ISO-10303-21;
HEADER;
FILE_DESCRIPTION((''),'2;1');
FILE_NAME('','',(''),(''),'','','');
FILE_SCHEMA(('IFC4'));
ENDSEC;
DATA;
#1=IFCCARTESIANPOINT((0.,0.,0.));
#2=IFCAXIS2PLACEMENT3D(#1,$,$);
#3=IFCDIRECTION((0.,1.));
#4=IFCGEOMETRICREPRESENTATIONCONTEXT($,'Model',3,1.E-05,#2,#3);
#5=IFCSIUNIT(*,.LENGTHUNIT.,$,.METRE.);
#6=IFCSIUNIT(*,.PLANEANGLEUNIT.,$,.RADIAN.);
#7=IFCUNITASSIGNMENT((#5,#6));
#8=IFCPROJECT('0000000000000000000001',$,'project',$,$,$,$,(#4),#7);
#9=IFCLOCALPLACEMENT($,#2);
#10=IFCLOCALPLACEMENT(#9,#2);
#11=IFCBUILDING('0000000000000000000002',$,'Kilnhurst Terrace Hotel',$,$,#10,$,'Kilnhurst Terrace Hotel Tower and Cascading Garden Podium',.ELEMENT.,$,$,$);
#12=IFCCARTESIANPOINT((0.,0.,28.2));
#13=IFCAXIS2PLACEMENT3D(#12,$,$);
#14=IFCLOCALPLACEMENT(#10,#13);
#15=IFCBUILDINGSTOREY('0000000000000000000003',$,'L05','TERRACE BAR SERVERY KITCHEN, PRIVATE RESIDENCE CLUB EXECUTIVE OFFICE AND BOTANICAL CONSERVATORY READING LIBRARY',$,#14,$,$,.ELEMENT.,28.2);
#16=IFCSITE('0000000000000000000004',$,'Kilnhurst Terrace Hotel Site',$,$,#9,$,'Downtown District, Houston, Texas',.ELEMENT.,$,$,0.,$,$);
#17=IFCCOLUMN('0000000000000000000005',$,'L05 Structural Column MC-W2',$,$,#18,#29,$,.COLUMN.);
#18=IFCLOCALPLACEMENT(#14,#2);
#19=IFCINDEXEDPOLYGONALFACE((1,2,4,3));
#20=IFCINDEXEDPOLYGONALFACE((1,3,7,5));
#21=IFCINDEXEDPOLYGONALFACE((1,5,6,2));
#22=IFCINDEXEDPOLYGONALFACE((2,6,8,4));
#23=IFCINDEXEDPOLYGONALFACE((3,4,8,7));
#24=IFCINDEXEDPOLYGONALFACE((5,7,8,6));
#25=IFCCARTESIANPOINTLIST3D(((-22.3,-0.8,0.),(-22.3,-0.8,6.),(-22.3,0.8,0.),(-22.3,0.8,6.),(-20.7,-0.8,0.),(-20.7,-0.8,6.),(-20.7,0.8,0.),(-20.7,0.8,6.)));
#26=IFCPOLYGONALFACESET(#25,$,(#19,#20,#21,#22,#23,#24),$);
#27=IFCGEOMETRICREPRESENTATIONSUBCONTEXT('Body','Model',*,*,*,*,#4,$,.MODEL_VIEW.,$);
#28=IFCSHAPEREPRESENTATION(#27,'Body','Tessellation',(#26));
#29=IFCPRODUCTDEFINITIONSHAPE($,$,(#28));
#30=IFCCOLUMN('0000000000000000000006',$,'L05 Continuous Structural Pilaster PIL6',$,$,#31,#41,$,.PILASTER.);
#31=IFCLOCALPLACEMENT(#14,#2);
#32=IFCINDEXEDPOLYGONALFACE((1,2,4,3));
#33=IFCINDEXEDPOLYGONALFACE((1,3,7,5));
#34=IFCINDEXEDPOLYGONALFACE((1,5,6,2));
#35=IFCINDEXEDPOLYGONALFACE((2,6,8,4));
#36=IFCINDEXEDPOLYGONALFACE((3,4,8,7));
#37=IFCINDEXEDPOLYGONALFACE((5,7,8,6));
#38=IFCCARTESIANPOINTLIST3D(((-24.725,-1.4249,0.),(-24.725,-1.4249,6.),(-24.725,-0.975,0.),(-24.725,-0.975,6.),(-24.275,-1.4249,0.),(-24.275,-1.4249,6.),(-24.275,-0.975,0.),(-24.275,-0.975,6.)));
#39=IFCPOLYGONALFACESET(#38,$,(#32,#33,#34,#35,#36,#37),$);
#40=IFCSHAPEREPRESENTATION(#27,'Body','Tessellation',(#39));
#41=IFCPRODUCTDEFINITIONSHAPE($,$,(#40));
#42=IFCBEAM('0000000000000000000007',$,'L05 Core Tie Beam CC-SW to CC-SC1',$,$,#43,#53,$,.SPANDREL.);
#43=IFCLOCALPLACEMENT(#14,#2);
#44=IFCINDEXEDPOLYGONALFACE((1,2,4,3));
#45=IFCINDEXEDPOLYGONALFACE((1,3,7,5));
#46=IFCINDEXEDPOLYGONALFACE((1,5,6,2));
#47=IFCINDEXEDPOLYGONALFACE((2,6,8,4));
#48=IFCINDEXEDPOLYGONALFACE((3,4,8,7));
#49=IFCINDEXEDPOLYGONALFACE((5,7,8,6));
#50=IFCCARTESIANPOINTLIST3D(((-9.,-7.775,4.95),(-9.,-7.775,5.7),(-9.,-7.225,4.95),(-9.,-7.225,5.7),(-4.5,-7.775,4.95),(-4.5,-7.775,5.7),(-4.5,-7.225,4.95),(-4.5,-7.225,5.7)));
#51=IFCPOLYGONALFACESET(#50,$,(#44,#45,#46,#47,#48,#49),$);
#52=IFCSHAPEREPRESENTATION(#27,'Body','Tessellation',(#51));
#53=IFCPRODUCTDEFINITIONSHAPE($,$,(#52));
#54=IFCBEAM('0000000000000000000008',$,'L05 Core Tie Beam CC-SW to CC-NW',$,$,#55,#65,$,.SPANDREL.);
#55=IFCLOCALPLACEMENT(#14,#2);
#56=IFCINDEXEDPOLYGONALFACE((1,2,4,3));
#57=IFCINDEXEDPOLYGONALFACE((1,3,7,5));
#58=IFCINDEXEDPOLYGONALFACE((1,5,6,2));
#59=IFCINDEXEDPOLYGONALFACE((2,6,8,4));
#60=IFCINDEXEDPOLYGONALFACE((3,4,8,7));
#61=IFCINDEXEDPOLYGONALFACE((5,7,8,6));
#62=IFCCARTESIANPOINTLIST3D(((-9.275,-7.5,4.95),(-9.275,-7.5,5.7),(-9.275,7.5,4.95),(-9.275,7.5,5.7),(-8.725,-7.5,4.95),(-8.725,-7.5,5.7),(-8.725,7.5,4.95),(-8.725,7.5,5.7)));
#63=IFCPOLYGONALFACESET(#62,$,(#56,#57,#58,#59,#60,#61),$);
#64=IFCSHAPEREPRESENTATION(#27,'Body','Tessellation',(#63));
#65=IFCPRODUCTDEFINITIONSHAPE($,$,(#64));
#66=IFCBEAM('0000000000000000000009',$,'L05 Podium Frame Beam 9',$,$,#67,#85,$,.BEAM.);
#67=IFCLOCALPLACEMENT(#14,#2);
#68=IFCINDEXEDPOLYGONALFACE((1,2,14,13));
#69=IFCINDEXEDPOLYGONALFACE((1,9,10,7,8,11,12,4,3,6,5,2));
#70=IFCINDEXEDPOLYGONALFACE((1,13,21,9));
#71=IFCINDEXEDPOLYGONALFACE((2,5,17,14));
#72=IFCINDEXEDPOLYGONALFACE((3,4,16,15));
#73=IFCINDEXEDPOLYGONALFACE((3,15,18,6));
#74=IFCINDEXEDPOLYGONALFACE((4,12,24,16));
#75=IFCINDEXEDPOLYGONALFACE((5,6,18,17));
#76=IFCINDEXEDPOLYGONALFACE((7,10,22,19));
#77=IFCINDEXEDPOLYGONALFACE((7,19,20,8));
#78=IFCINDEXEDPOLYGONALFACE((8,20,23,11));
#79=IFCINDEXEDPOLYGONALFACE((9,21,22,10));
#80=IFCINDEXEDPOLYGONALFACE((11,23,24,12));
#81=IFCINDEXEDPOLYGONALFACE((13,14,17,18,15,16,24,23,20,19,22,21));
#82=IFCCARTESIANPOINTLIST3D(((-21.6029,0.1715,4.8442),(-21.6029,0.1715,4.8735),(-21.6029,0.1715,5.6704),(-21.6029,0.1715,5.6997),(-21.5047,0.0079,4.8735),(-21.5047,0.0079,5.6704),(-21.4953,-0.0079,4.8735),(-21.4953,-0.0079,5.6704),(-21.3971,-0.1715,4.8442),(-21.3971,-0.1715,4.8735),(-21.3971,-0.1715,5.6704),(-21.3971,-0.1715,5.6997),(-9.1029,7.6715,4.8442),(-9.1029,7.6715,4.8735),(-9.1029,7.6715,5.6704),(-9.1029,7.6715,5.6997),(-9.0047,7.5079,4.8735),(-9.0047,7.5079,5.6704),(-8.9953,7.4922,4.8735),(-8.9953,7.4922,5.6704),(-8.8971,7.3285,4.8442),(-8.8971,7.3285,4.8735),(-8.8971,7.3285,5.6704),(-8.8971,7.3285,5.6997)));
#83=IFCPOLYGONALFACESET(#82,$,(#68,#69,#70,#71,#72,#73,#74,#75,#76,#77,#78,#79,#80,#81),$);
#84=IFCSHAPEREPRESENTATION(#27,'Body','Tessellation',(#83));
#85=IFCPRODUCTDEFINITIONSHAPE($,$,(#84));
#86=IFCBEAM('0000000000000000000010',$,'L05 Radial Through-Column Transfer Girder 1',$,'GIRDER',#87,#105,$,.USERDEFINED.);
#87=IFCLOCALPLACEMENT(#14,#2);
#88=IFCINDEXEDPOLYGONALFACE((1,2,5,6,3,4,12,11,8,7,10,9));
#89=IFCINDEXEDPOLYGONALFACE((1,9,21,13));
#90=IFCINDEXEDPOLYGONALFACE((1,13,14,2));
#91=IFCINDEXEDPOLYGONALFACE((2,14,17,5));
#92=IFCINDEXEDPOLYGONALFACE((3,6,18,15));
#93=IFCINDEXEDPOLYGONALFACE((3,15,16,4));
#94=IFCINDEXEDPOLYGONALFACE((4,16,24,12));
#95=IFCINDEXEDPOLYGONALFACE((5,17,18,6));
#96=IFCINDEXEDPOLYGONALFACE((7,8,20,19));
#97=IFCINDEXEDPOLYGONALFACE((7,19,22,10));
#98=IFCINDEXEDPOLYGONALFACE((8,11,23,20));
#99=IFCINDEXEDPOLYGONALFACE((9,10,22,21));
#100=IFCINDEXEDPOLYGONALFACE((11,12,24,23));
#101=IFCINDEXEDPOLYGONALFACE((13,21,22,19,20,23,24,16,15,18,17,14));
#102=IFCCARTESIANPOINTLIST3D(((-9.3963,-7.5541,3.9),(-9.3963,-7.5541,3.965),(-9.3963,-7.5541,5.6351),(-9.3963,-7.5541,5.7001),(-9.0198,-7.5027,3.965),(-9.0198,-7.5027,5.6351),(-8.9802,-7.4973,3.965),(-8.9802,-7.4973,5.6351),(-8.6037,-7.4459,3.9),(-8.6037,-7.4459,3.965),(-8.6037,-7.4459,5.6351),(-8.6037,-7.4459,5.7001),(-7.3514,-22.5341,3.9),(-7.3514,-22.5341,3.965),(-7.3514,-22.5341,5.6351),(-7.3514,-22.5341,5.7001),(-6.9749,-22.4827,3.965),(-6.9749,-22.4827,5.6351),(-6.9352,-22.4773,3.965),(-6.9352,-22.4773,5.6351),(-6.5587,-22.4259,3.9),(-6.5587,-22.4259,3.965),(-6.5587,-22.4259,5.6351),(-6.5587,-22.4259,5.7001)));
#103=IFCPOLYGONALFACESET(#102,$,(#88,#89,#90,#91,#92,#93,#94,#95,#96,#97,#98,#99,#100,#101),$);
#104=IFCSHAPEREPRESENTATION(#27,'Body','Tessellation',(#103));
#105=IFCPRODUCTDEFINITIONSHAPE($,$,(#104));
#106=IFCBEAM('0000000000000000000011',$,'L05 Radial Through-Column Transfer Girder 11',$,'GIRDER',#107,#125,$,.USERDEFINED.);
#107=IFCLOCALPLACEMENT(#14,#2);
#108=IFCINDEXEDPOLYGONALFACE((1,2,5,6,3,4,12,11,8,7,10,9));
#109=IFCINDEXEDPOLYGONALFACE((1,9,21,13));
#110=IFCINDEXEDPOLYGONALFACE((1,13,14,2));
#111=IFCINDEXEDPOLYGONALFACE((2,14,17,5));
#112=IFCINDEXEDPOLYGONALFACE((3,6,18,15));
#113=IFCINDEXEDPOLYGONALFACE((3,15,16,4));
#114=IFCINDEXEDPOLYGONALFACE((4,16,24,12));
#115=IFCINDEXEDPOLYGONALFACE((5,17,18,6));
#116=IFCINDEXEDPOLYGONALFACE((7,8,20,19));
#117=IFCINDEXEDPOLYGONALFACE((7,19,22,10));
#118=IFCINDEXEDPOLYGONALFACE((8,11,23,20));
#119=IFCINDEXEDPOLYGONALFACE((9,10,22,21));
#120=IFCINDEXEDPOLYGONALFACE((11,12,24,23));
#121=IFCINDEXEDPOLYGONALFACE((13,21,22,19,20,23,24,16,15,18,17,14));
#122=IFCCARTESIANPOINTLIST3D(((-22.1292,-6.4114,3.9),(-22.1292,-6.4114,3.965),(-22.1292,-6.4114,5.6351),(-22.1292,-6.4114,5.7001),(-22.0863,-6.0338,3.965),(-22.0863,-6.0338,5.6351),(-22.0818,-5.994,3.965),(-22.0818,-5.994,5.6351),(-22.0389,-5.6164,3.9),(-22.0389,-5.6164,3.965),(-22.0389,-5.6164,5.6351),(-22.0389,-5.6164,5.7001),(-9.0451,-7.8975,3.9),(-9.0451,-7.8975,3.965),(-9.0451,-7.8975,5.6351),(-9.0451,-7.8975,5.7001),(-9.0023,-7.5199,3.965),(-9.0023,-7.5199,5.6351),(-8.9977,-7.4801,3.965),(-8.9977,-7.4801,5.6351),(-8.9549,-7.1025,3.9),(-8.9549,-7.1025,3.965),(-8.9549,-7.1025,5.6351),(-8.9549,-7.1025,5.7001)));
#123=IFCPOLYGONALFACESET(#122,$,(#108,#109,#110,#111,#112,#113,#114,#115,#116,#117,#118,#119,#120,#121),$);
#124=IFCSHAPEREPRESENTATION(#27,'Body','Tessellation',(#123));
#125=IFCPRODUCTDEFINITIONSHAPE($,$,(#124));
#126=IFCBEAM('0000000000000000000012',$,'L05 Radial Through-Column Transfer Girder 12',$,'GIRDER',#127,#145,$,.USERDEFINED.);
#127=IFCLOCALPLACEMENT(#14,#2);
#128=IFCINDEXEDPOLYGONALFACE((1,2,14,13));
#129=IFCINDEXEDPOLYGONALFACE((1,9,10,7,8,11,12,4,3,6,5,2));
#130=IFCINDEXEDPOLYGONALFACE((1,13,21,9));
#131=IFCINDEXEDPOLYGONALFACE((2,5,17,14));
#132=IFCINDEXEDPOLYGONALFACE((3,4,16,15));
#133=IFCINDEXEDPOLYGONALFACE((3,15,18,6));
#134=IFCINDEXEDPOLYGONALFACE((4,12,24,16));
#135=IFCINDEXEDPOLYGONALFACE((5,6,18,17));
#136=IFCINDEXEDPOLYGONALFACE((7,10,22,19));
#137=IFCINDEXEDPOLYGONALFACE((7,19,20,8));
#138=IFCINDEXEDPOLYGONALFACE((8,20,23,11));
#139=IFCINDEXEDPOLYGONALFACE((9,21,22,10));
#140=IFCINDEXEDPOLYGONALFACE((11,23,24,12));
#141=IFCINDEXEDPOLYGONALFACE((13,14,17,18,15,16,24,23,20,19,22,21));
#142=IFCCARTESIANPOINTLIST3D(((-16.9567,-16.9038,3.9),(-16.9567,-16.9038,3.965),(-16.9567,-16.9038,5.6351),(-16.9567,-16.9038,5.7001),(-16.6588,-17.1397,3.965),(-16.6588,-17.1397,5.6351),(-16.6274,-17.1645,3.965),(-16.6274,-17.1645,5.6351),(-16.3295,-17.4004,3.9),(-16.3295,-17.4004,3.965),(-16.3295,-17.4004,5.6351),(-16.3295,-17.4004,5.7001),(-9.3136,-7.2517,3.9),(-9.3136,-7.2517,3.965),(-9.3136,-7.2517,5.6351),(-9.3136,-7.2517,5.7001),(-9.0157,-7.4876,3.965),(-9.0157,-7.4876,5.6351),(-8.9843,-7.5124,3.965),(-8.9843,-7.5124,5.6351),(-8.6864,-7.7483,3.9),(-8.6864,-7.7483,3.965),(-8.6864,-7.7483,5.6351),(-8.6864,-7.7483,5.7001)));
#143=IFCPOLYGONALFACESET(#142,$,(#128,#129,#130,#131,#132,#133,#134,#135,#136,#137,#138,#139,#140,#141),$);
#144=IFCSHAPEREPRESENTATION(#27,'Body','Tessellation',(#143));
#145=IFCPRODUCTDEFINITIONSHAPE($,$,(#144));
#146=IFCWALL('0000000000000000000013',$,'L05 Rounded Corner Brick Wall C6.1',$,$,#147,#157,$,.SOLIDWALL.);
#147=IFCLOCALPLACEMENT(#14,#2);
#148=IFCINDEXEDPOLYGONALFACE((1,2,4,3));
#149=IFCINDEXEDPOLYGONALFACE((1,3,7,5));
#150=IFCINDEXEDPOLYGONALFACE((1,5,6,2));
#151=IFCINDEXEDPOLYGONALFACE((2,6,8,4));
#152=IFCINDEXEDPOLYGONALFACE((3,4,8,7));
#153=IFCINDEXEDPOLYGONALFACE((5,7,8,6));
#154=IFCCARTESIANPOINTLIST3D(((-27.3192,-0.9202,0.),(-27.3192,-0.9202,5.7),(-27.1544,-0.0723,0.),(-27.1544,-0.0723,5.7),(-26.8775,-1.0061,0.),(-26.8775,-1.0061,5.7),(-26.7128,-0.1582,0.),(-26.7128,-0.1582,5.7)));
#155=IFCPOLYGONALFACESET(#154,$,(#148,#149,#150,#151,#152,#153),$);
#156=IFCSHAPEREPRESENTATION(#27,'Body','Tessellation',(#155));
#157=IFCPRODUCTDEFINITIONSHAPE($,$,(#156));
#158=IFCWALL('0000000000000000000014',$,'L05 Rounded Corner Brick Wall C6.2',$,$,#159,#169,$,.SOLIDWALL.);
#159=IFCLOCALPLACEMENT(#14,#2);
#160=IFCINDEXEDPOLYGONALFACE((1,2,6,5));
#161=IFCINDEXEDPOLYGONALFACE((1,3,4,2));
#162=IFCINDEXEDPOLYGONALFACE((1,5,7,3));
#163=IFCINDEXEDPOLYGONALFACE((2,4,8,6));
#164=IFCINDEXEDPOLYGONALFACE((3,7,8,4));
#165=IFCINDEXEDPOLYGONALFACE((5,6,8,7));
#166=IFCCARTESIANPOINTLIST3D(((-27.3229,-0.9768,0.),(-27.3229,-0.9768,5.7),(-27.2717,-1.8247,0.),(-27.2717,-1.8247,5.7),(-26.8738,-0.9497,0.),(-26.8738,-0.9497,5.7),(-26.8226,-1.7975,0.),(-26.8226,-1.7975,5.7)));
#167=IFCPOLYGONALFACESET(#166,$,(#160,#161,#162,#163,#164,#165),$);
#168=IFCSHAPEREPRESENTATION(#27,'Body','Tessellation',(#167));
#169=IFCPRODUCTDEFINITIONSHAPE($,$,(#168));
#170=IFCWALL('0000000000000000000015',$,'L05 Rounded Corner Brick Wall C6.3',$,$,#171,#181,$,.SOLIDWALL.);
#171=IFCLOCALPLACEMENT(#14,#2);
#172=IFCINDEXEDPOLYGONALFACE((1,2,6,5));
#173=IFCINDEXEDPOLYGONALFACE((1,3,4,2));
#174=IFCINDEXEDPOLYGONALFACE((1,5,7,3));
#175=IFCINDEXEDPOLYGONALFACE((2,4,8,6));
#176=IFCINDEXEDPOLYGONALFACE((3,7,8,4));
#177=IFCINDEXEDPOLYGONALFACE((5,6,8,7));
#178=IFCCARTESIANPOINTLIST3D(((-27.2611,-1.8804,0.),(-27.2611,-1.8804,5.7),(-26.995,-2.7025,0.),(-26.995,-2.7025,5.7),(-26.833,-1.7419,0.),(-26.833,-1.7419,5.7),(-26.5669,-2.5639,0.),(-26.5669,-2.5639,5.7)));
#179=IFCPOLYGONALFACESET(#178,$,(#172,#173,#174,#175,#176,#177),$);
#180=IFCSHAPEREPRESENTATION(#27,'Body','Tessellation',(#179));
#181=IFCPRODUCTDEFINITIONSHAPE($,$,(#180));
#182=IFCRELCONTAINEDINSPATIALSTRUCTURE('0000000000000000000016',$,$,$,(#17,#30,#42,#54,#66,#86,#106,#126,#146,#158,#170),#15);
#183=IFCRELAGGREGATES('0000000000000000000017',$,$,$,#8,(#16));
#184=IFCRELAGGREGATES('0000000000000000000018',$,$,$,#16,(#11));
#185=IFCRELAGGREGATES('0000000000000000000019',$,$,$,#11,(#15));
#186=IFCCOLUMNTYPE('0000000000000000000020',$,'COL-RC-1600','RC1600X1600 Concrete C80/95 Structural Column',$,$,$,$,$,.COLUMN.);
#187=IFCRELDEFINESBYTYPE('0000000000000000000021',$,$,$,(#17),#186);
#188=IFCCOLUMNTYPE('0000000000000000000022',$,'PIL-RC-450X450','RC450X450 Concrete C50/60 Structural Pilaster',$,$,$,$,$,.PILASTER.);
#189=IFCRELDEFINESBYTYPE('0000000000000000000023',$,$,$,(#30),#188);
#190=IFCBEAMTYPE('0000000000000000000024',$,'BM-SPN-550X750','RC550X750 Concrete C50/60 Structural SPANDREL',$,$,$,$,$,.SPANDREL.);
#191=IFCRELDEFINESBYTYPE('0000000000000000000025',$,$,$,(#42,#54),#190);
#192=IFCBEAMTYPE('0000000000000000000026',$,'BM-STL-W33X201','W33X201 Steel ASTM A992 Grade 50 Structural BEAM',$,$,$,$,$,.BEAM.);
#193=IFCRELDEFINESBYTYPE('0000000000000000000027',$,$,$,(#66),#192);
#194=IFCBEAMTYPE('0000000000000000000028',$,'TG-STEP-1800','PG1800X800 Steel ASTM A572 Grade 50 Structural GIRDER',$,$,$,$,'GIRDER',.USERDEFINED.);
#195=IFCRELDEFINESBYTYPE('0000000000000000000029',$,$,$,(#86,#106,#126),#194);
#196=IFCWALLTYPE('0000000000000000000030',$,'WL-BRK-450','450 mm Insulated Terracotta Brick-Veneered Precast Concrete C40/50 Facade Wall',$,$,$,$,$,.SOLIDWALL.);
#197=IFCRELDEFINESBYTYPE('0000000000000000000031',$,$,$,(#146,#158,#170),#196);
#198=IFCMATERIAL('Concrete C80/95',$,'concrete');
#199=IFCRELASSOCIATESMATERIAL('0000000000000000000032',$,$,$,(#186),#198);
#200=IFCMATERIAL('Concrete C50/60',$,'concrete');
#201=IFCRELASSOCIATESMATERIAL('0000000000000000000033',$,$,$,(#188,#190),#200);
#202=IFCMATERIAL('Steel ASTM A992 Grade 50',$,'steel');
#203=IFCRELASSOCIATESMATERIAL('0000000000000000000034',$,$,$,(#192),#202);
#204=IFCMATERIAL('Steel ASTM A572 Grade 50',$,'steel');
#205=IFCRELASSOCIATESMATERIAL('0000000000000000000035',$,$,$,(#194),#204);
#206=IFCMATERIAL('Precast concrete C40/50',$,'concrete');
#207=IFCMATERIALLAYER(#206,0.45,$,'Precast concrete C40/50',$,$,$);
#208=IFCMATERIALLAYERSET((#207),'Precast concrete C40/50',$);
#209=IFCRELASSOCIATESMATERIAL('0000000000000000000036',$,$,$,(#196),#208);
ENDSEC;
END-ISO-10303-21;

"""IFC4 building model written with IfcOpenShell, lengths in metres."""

from ifc_helpers import new_model, si_unit, direction, frame, frame_2d, origin, origin_2d, place, context, subcontext, project, spatial, rectangle, i_section, extrude, material, layer, layer_set, material_profile, profile_set, type_object, element, save


model = new_model("IFC4")

# Units and contexts
model_context = context("Model", 3, precision=1e-05, world=origin(), true_north=direction((0.0, 1.0)))
body_context = subcontext(model_context, "Body", "Model", "MODEL_VIEW")
ifc_project = project(units=[si_unit("LENGTHUNIT", "METRE"), si_unit("PLANEANGLEUNIT", "RADIAN")], contexts=[model_context])

# Site, building, storey
site_placement = place(None, origin())
site = spatial("IfcSite", under=ifc_project, at=site_placement, Name="Kilnhurst Terrace Hotel Site", LongName="Downtown District, Houston, Texas", CompositionType="ELEMENT", RefElevation=0.0)
building_placement = place(site_placement, origin())
building = spatial("IfcBuilding", under=site, at=building_placement, Name="Kilnhurst Terrace Hotel", LongName="Kilnhurst Terrace Hotel Tower and Cascading Garden Podium", CompositionType="ELEMENT")
storey_placement = place(building_placement, frame((0.0, 0.0, 28.2)))
storey = spatial("IfcBuildingStorey", under=building, at=storey_placement, Name="L05", Description="TERRACE BAR SERVERY KITCHEN, PRIVATE RESIDENCE CLUB EXECUTIVE OFFICE AND BOTANICAL CONSERVATORY READING LIBRARY", CompositionType="ELEMENT", Elevation=28.2)

# Columns
ifc_material_1 = material(Name="Concrete C80/95", Category="concrete")
ifc_material_profile_1 = material_profile(ifc_material_1, rectangle(XDim=1.6001, YDim=1.6001, at=origin_2d()), Name="RC1600X1600")
ifc_profile_set_1 = profile_set([ifc_material_profile_1], Name="Concrete C80/95")
column_type_1 = type_object("IfcColumnType", Name="COL-RC-1600", Description="RC1600X1600 Concrete C80/95 Structural Column", PredefinedType="COLUMN", material=ifc_profile_set_1)
column_1_placement = place(storey_placement, frame((-21.5, 0.0, 0.0), z_axis=(0.0, 0.0, 1.0), x_axis=(1.0, 0.0, 0.0)))
element("IfcColumn", 1, at=column_1_placement, inside=storey, type_object=column_type_1, Name="L05 Structural Column MC-W2", PredefinedType="COLUMN", context=body_context, shape_type="SweptSolid", body=[
    extrude(rectangle(XDim=1.6001, YDim=1.6001, at=origin_2d()), origin(), (0.0, 0.0, 1.0), 6.0),
])
ifc_material_2 = material(Name="Concrete C50/60", Category="concrete")
ifc_material_profile_2 = material_profile(ifc_material_2, rectangle(XDim=0.45, YDim=0.45, at=origin_2d()), Name="RC450X450")
ifc_profile_set_2 = profile_set([ifc_material_profile_2], Name="Concrete C50/60")
column_type_2 = type_object("IfcColumnType", Name="PIL-RC-450X450", Description="RC450X450 Concrete C50/60 Structural Pilaster", PredefinedType="PILASTER", material=ifc_profile_set_2)
column_2_placement = place(storey_placement, frame((-24.5, -1.2, 0.0), z_axis=(0.0, 0.0, 1.0), x_axis=(1.0, 0.0, 0.0)))
element("IfcColumn", 2, at=column_2_placement, inside=storey, type_object=column_type_2, Name="L05 Continuous Structural Pilaster PIL6", PredefinedType="PILASTER", context=body_context, shape_type="SweptSolid", body=[
    extrude(rectangle(XDim=0.45, YDim=0.45, at=origin_2d()), origin(), (0.0, 0.0, 1.0), 6.0),
])

# Beams
ifc_material_profile_3 = material_profile(ifc_material_2, rectangle(XDim=0.55, YDim=0.75, at=origin_2d()), Name="RC550X750")
ifc_profile_set_3 = profile_set([ifc_material_profile_3], Name="Concrete C50/60")
beam_type_1 = type_object("IfcBeamType", Name="BM-SPN-550X750", Description="RC550X750 Concrete C50/60 Structural SPANDREL", PredefinedType="SPANDREL", material=ifc_profile_set_3)
beam_1_placement = place(storey_placement, frame((-9.0, -7.5, 5.325), z_axis=(1.0, 0.0, 0.0), x_axis=(0.0, 1.0, 0.0)))
element("IfcBeam", 3, at=beam_1_placement, inside=storey, type_object=beam_type_1, Name="L05 Core Tie Beam CC-SW to CC-SC1", PredefinedType="SPANDREL", context=body_context, shape_type="SweptSolid", body=[
    extrude(rectangle(XDim=0.55, YDim=0.75, at=origin_2d()), origin(), (0.0, 0.0, 1.0), 4.5),
])
beam_2_placement = place(storey_placement, frame((-9.0, -7.5, 5.325), z_axis=(0.0, 1.0, 0.0), x_axis=(-1.0, 0.0, 0.0)))
element("IfcBeam", 4, at=beam_2_placement, inside=storey, type_object=beam_type_1, Name="L05 Core Tie Beam CC-SW to CC-NW", PredefinedType="SPANDREL", context=body_context, shape_type="SweptSolid", body=[
    extrude(rectangle(XDim=0.55, YDim=0.75, at=origin_2d()), origin(), (0.0, 0.0, 1.0), 15.0),
])
ifc_material_3 = material(Name="Steel ASTM A992 Grade 50", Category="steel")
ifc_material_profile_4 = material_profile(ifc_material_3, i_section(OverallWidth=0.3999, OverallDepth=0.8555, WebThickness=0.0183, FlangeThickness=0.0293, at=origin_2d()), Name="W33X201")
ifc_profile_set_4 = profile_set([ifc_material_profile_4], Name="Steel ASTM A992 Grade 50")
beam_type_2 = type_object("IfcBeamType", Name="BM-STL-W33X201", Description="W33X201 Steel ASTM A992 Grade 50 Structural BEAM", PredefinedType="BEAM", material=ifc_profile_set_4)
beam_3_placement = place(storey_placement, frame((-21.5, 0.0, 5.272), z_axis=(0.857493, 0.514496, 0.0), x_axis=(-0.514496, 0.857493, 0.0)))
element("IfcBeam", 5, at=beam_3_placement, inside=storey, type_object=beam_type_2, Name="L05 Podium Frame Beam 9", PredefinedType="BEAM", context=body_context, shape_type="SweptSolid", body=[
    extrude(i_section(OverallWidth=0.3999, OverallDepth=0.8555, WebThickness=0.0183, FlangeThickness=0.0293, at=origin_2d()), origin(), (0.0, 0.0, 1.0), 14.5774),
])
ifc_material_4 = material(Name="Steel ASTM A572 Grade 50", Category="steel")
ifc_material_profile_5 = material_profile(ifc_material_4, i_section(OverallWidth=0.8, OverallDepth=1.8, WebThickness=0.04, FlangeThickness=0.0649, at=origin_2d()), Name="PG1800X800")
ifc_profile_set_5 = profile_set([ifc_material_profile_5], Name="Steel ASTM A572 Grade 50")
beam_type_3 = type_object("IfcBeamType", Name="TG-STEP-1800", Description="PG1800X800 Steel ASTM A572 Grade 50 Structural GIRDER", ElementType="GIRDER", PredefinedType="USERDEFINED", material=ifc_profile_set_5)
beam_4_placement = place(storey_placement, frame((-9.0, -7.5, 4.8), z_axis=(0.135256, -0.990811, 0.0), x_axis=(0.990811, 0.135256, 0.0)))
element("IfcBeam", 6, at=beam_4_placement, inside=storey, type_object=beam_type_3, Name="L05 Radial Through-Column Transfer Girder 1", ObjectType="GIRDER", PredefinedType="USERDEFINED", context=body_context, shape_type="SweptSolid", body=[
    extrude(i_section(OverallWidth=0.8, OverallDepth=1.8, WebThickness=0.04, FlangeThickness=0.0649, at=origin_2d()), origin(), (0.0, 0.0, 1.0), 15.1189),
])
beam_5_placement = place(storey_placement, frame((-9.0, -7.5, 4.8), z_axis=(-0.993611, 0.112855, 0.0), x_axis=(-0.112855, -0.993611, 0.0)))
element("IfcBeam", 7, at=beam_5_placement, inside=storey, type_object=beam_type_3, Name="L05 Radial Through-Column Transfer Girder 11", ObjectType="GIRDER", PredefinedType="USERDEFINED", context=body_context, shape_type="SweptSolid", body=[
    extrude(i_section(OverallWidth=0.8, OverallDepth=1.8, WebThickness=0.04, FlangeThickness=0.0649, at=origin_2d()), origin(), (0.0, 0.0, 1.0), 13.1682),
])
beam_6_placement = place(storey_placement, frame((-9.0, -7.5, 4.8), z_axis=(-0.620794, -0.783974, 0.0), x_axis=(0.783974, -0.620794, 0.0)))
element("IfcBeam", 8, at=beam_6_placement, inside=storey, type_object=beam_type_3, Name="L05 Radial Through-Column Transfer Girder 12", ObjectType="GIRDER", PredefinedType="USERDEFINED", context=body_context, shape_type="SweptSolid", body=[
    extrude(i_section(OverallWidth=0.8, OverallDepth=1.8, WebThickness=0.04, FlangeThickness=0.0649, at=origin_2d()), origin(), (0.0, 0.0, 1.0), 12.3118),
])

# Walls
ifc_material_5 = material(Name="Precast concrete C40/50", Category="concrete")
ifc_layer_1 = layer(ifc_material_5, 0.45, Name="Precast concrete C40/50")
ifc_layer_set_1 = layer_set([ifc_layer_1], Name="Precast concrete C40/50")
wall_type_1 = type_object("IfcWallType", Name="WL-BRK-450", Description="450 mm Insulated Terracotta Brick-Veneered Precast Concrete C40/50 Facade Wall", PredefinedType="SOLIDWALL", material=ifc_layer_set_1)
wall_1_placement = place(storey_placement, frame((-26.9336, -0.1152, 0.0), z_axis=(0.0, 0.0, 1.0), x_axis=(-0.190786, -0.981632, 0.0)))
element("IfcWall", 9, at=wall_1_placement, inside=storey, type_object=wall_type_1, Name="L05 Rounded Corner Brick Wall C6.1", PredefinedType="SOLIDWALL", context=body_context, shape_type="SweptSolid", body=[
    extrude(rectangle(XDim=0.8638, YDim=0.45, at=frame_2d((0.4319, 0.0))), origin(), (0.0, 0.0, 1.0), 5.7),
])
wall_2_placement = place(storey_placement, frame((-27.0984, -0.9631, 0.0), z_axis=(0.0, 0.0, 1.0), x_axis=(0.060356, -0.998177, 0.0)))
element("IfcWall", 10, at=wall_2_placement, inside=storey, type_object=wall_type_1, Name="L05 Rounded Corner Brick Wall C6.2", PredefinedType="SOLIDWALL", context=body_context, shape_type="SweptSolid", body=[
    extrude(rectangle(XDim=0.8494, YDim=0.45, at=frame_2d((0.4248, 0.0))), origin(), (0.0, 0.0, 1.0), 5.7),
])
wall_3_placement = place(storey_placement, frame((-27.0471, -1.811, 0.0), z_axis=(0.0, 0.0, 1.0), x_axis=(0.307993, -0.951389, 0.0)))
element("IfcWall", 11, at=wall_3_placement, inside=storey, type_object=wall_type_1, Name="L05 Rounded Corner Brick Wall C6.3", PredefinedType="SOLIDWALL", context=body_context, shape_type="SweptSolid", body=[
    extrude(rectangle(XDim=0.864, YDim=0.45, at=frame_2d((0.4321, 0.0))), origin(), (0.0, 0.0, 1.0), 5.7),
])

save(model, "model.ifc")
